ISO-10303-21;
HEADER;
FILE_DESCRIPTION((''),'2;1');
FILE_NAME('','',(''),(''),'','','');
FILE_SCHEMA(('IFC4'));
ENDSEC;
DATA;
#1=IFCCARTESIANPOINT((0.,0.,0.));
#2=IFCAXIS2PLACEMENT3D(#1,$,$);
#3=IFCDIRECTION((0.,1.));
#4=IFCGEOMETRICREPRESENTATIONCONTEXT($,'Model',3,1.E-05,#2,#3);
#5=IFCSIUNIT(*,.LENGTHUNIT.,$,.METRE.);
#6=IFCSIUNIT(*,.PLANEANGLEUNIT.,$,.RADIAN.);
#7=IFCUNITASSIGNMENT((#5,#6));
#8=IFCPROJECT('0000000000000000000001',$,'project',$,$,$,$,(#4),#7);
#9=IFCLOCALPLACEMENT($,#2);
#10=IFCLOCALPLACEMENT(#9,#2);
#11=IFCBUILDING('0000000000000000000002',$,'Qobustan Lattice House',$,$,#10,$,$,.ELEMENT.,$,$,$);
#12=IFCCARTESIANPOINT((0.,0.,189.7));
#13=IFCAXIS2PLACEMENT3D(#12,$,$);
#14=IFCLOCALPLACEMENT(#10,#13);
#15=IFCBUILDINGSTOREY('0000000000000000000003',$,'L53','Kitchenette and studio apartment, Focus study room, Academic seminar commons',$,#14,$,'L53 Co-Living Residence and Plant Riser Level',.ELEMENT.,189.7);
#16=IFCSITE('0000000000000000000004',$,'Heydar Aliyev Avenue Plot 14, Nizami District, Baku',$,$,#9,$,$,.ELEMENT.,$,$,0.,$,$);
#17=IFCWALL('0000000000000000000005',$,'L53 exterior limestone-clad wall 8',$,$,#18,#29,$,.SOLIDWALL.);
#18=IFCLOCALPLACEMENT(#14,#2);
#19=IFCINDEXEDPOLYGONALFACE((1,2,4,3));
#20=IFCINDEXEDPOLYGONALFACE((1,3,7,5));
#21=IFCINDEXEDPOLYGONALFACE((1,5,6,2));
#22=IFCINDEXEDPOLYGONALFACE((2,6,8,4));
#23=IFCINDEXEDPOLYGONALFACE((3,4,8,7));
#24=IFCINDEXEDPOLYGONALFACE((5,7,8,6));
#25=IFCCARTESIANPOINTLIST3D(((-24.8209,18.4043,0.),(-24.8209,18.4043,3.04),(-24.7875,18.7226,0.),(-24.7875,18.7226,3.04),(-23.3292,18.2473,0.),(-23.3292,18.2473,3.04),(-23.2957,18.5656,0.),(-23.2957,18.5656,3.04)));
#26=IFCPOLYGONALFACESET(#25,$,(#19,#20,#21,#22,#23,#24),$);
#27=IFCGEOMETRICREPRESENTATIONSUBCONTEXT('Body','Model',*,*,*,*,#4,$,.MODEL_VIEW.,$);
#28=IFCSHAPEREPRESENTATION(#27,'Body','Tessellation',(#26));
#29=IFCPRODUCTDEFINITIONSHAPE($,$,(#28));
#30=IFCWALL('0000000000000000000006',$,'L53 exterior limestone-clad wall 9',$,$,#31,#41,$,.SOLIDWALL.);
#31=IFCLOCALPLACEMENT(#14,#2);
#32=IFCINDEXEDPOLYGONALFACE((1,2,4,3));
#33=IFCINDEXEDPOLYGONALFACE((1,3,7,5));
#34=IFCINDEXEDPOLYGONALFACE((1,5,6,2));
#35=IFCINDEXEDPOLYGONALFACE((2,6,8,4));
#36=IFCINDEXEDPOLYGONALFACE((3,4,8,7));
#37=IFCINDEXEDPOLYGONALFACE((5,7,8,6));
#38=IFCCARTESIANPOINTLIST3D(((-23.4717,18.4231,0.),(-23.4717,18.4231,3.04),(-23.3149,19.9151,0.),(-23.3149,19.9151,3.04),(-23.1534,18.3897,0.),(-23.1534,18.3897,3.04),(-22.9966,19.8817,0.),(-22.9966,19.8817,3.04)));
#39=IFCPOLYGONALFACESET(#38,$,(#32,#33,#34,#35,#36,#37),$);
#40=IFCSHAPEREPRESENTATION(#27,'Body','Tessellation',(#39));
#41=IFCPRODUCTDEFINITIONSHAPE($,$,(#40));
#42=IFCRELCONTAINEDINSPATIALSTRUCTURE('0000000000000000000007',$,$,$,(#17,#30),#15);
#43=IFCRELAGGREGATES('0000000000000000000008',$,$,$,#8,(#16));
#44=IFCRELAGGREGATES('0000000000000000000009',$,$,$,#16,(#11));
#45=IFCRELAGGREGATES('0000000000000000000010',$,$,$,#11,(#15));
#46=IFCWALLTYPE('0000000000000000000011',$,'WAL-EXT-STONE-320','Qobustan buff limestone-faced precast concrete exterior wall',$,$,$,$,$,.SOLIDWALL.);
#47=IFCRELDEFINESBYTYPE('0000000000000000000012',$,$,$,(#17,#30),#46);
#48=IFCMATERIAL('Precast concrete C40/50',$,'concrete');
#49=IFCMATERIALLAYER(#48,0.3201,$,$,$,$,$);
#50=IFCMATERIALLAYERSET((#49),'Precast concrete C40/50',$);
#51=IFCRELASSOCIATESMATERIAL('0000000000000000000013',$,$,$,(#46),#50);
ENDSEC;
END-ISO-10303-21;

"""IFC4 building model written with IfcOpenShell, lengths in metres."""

from ifc_helpers import new_model, si_unit, direction, frame, frame_2d, origin, place, context, subcontext, project, spatial, rectangle, extrude, material, layer, layer_set, type_object, element, save


model = new_model("IFC4")

# Units and contexts
model_context = context("Model", 3, precision=1e-05, world=origin(), true_north=direction((0.0, 1.0)))
body_context = subcontext(model_context, "Body", "Model", "MODEL_VIEW")
ifc_project = project(units=[si_unit("LENGTHUNIT", "METRE"), si_unit("PLANEANGLEUNIT", "RADIAN")], contexts=[model_context])

# Site, building, storey
site_placement = place(None, origin())
site = spatial("IfcSite", under=ifc_project, at=site_placement, Name="Heydar Aliyev Avenue Plot 14, Nizami District, Baku", CompositionType="ELEMENT", RefElevation=0.0)
building_placement = place(site_placement, origin())
building = spatial("IfcBuilding", under=site, at=building_placement, Name="Qobustan Lattice House", CompositionType="ELEMENT")
storey_placement = place(building_placement, frame((0.0, 0.0, 189.7)))
storey = spatial("IfcBuildingStorey", under=building, at=storey_placement, Name="L53", Description="Kitchenette and studio apartment, Focus study room, Academic seminar commons", LongName="L53 Co-Living Residence and Plant Riser Level", CompositionType="ELEMENT", Elevation=189.7)

# Walls
ifc_material_1 = material(Name="Precast concrete C40/50", Category="concrete")
ifc_layer_1 = layer(ifc_material_1, 0.3201)
ifc_layer_set_1 = layer_set([ifc_layer_1], Name="Precast concrete C40/50")
wall_type_1 = type_object("IfcWallType", Name="WAL-EXT-STONE-320", Description="Qobustan buff limestone-faced precast concrete exterior wall", PredefinedType="SOLIDWALL", material=ifc_layer_set_1)
wall_1_placement = place(storey_placement, frame((-24.8042, 18.5635, 0.0), z_axis=(0.0, 0.0, 1.0), x_axis=(0.994508, -0.104659, 0.0)))
element("IfcWall", 1, at=wall_1_placement, inside=storey, type_object=wall_type_1, Name="L53 exterior limestone-clad wall 8", PredefinedType="SOLIDWALL", context=body_context, shape_type="SweptSolid", body=[
    extrude(rectangle(XDim=1.5, YDim=0.3201, at=frame_2d((0.75, 0.0))), origin(), (0.0, 0.0, 1.0), 3.04),
])
wall_2_placement = place(storey_placement, frame((-23.3125, 18.4065, 0.0), z_axis=(0.0, 0.0, 1.0), x_axis=(0.104481, 0.994527, 0.0)))
element("IfcWall", 2, at=wall_2_placement, inside=storey, type_object=wall_type_1, Name="L53 exterior limestone-clad wall 9", PredefinedType="SOLIDWALL", context=body_context, shape_type="SweptSolid", body=[
    extrude(rectangle(XDim=1.5002, YDim=0.3201, at=frame_2d((0.75, 0.0))), origin(), (0.0, 0.0, 1.0), 3.04),
])

save(model, "model.ifc")
